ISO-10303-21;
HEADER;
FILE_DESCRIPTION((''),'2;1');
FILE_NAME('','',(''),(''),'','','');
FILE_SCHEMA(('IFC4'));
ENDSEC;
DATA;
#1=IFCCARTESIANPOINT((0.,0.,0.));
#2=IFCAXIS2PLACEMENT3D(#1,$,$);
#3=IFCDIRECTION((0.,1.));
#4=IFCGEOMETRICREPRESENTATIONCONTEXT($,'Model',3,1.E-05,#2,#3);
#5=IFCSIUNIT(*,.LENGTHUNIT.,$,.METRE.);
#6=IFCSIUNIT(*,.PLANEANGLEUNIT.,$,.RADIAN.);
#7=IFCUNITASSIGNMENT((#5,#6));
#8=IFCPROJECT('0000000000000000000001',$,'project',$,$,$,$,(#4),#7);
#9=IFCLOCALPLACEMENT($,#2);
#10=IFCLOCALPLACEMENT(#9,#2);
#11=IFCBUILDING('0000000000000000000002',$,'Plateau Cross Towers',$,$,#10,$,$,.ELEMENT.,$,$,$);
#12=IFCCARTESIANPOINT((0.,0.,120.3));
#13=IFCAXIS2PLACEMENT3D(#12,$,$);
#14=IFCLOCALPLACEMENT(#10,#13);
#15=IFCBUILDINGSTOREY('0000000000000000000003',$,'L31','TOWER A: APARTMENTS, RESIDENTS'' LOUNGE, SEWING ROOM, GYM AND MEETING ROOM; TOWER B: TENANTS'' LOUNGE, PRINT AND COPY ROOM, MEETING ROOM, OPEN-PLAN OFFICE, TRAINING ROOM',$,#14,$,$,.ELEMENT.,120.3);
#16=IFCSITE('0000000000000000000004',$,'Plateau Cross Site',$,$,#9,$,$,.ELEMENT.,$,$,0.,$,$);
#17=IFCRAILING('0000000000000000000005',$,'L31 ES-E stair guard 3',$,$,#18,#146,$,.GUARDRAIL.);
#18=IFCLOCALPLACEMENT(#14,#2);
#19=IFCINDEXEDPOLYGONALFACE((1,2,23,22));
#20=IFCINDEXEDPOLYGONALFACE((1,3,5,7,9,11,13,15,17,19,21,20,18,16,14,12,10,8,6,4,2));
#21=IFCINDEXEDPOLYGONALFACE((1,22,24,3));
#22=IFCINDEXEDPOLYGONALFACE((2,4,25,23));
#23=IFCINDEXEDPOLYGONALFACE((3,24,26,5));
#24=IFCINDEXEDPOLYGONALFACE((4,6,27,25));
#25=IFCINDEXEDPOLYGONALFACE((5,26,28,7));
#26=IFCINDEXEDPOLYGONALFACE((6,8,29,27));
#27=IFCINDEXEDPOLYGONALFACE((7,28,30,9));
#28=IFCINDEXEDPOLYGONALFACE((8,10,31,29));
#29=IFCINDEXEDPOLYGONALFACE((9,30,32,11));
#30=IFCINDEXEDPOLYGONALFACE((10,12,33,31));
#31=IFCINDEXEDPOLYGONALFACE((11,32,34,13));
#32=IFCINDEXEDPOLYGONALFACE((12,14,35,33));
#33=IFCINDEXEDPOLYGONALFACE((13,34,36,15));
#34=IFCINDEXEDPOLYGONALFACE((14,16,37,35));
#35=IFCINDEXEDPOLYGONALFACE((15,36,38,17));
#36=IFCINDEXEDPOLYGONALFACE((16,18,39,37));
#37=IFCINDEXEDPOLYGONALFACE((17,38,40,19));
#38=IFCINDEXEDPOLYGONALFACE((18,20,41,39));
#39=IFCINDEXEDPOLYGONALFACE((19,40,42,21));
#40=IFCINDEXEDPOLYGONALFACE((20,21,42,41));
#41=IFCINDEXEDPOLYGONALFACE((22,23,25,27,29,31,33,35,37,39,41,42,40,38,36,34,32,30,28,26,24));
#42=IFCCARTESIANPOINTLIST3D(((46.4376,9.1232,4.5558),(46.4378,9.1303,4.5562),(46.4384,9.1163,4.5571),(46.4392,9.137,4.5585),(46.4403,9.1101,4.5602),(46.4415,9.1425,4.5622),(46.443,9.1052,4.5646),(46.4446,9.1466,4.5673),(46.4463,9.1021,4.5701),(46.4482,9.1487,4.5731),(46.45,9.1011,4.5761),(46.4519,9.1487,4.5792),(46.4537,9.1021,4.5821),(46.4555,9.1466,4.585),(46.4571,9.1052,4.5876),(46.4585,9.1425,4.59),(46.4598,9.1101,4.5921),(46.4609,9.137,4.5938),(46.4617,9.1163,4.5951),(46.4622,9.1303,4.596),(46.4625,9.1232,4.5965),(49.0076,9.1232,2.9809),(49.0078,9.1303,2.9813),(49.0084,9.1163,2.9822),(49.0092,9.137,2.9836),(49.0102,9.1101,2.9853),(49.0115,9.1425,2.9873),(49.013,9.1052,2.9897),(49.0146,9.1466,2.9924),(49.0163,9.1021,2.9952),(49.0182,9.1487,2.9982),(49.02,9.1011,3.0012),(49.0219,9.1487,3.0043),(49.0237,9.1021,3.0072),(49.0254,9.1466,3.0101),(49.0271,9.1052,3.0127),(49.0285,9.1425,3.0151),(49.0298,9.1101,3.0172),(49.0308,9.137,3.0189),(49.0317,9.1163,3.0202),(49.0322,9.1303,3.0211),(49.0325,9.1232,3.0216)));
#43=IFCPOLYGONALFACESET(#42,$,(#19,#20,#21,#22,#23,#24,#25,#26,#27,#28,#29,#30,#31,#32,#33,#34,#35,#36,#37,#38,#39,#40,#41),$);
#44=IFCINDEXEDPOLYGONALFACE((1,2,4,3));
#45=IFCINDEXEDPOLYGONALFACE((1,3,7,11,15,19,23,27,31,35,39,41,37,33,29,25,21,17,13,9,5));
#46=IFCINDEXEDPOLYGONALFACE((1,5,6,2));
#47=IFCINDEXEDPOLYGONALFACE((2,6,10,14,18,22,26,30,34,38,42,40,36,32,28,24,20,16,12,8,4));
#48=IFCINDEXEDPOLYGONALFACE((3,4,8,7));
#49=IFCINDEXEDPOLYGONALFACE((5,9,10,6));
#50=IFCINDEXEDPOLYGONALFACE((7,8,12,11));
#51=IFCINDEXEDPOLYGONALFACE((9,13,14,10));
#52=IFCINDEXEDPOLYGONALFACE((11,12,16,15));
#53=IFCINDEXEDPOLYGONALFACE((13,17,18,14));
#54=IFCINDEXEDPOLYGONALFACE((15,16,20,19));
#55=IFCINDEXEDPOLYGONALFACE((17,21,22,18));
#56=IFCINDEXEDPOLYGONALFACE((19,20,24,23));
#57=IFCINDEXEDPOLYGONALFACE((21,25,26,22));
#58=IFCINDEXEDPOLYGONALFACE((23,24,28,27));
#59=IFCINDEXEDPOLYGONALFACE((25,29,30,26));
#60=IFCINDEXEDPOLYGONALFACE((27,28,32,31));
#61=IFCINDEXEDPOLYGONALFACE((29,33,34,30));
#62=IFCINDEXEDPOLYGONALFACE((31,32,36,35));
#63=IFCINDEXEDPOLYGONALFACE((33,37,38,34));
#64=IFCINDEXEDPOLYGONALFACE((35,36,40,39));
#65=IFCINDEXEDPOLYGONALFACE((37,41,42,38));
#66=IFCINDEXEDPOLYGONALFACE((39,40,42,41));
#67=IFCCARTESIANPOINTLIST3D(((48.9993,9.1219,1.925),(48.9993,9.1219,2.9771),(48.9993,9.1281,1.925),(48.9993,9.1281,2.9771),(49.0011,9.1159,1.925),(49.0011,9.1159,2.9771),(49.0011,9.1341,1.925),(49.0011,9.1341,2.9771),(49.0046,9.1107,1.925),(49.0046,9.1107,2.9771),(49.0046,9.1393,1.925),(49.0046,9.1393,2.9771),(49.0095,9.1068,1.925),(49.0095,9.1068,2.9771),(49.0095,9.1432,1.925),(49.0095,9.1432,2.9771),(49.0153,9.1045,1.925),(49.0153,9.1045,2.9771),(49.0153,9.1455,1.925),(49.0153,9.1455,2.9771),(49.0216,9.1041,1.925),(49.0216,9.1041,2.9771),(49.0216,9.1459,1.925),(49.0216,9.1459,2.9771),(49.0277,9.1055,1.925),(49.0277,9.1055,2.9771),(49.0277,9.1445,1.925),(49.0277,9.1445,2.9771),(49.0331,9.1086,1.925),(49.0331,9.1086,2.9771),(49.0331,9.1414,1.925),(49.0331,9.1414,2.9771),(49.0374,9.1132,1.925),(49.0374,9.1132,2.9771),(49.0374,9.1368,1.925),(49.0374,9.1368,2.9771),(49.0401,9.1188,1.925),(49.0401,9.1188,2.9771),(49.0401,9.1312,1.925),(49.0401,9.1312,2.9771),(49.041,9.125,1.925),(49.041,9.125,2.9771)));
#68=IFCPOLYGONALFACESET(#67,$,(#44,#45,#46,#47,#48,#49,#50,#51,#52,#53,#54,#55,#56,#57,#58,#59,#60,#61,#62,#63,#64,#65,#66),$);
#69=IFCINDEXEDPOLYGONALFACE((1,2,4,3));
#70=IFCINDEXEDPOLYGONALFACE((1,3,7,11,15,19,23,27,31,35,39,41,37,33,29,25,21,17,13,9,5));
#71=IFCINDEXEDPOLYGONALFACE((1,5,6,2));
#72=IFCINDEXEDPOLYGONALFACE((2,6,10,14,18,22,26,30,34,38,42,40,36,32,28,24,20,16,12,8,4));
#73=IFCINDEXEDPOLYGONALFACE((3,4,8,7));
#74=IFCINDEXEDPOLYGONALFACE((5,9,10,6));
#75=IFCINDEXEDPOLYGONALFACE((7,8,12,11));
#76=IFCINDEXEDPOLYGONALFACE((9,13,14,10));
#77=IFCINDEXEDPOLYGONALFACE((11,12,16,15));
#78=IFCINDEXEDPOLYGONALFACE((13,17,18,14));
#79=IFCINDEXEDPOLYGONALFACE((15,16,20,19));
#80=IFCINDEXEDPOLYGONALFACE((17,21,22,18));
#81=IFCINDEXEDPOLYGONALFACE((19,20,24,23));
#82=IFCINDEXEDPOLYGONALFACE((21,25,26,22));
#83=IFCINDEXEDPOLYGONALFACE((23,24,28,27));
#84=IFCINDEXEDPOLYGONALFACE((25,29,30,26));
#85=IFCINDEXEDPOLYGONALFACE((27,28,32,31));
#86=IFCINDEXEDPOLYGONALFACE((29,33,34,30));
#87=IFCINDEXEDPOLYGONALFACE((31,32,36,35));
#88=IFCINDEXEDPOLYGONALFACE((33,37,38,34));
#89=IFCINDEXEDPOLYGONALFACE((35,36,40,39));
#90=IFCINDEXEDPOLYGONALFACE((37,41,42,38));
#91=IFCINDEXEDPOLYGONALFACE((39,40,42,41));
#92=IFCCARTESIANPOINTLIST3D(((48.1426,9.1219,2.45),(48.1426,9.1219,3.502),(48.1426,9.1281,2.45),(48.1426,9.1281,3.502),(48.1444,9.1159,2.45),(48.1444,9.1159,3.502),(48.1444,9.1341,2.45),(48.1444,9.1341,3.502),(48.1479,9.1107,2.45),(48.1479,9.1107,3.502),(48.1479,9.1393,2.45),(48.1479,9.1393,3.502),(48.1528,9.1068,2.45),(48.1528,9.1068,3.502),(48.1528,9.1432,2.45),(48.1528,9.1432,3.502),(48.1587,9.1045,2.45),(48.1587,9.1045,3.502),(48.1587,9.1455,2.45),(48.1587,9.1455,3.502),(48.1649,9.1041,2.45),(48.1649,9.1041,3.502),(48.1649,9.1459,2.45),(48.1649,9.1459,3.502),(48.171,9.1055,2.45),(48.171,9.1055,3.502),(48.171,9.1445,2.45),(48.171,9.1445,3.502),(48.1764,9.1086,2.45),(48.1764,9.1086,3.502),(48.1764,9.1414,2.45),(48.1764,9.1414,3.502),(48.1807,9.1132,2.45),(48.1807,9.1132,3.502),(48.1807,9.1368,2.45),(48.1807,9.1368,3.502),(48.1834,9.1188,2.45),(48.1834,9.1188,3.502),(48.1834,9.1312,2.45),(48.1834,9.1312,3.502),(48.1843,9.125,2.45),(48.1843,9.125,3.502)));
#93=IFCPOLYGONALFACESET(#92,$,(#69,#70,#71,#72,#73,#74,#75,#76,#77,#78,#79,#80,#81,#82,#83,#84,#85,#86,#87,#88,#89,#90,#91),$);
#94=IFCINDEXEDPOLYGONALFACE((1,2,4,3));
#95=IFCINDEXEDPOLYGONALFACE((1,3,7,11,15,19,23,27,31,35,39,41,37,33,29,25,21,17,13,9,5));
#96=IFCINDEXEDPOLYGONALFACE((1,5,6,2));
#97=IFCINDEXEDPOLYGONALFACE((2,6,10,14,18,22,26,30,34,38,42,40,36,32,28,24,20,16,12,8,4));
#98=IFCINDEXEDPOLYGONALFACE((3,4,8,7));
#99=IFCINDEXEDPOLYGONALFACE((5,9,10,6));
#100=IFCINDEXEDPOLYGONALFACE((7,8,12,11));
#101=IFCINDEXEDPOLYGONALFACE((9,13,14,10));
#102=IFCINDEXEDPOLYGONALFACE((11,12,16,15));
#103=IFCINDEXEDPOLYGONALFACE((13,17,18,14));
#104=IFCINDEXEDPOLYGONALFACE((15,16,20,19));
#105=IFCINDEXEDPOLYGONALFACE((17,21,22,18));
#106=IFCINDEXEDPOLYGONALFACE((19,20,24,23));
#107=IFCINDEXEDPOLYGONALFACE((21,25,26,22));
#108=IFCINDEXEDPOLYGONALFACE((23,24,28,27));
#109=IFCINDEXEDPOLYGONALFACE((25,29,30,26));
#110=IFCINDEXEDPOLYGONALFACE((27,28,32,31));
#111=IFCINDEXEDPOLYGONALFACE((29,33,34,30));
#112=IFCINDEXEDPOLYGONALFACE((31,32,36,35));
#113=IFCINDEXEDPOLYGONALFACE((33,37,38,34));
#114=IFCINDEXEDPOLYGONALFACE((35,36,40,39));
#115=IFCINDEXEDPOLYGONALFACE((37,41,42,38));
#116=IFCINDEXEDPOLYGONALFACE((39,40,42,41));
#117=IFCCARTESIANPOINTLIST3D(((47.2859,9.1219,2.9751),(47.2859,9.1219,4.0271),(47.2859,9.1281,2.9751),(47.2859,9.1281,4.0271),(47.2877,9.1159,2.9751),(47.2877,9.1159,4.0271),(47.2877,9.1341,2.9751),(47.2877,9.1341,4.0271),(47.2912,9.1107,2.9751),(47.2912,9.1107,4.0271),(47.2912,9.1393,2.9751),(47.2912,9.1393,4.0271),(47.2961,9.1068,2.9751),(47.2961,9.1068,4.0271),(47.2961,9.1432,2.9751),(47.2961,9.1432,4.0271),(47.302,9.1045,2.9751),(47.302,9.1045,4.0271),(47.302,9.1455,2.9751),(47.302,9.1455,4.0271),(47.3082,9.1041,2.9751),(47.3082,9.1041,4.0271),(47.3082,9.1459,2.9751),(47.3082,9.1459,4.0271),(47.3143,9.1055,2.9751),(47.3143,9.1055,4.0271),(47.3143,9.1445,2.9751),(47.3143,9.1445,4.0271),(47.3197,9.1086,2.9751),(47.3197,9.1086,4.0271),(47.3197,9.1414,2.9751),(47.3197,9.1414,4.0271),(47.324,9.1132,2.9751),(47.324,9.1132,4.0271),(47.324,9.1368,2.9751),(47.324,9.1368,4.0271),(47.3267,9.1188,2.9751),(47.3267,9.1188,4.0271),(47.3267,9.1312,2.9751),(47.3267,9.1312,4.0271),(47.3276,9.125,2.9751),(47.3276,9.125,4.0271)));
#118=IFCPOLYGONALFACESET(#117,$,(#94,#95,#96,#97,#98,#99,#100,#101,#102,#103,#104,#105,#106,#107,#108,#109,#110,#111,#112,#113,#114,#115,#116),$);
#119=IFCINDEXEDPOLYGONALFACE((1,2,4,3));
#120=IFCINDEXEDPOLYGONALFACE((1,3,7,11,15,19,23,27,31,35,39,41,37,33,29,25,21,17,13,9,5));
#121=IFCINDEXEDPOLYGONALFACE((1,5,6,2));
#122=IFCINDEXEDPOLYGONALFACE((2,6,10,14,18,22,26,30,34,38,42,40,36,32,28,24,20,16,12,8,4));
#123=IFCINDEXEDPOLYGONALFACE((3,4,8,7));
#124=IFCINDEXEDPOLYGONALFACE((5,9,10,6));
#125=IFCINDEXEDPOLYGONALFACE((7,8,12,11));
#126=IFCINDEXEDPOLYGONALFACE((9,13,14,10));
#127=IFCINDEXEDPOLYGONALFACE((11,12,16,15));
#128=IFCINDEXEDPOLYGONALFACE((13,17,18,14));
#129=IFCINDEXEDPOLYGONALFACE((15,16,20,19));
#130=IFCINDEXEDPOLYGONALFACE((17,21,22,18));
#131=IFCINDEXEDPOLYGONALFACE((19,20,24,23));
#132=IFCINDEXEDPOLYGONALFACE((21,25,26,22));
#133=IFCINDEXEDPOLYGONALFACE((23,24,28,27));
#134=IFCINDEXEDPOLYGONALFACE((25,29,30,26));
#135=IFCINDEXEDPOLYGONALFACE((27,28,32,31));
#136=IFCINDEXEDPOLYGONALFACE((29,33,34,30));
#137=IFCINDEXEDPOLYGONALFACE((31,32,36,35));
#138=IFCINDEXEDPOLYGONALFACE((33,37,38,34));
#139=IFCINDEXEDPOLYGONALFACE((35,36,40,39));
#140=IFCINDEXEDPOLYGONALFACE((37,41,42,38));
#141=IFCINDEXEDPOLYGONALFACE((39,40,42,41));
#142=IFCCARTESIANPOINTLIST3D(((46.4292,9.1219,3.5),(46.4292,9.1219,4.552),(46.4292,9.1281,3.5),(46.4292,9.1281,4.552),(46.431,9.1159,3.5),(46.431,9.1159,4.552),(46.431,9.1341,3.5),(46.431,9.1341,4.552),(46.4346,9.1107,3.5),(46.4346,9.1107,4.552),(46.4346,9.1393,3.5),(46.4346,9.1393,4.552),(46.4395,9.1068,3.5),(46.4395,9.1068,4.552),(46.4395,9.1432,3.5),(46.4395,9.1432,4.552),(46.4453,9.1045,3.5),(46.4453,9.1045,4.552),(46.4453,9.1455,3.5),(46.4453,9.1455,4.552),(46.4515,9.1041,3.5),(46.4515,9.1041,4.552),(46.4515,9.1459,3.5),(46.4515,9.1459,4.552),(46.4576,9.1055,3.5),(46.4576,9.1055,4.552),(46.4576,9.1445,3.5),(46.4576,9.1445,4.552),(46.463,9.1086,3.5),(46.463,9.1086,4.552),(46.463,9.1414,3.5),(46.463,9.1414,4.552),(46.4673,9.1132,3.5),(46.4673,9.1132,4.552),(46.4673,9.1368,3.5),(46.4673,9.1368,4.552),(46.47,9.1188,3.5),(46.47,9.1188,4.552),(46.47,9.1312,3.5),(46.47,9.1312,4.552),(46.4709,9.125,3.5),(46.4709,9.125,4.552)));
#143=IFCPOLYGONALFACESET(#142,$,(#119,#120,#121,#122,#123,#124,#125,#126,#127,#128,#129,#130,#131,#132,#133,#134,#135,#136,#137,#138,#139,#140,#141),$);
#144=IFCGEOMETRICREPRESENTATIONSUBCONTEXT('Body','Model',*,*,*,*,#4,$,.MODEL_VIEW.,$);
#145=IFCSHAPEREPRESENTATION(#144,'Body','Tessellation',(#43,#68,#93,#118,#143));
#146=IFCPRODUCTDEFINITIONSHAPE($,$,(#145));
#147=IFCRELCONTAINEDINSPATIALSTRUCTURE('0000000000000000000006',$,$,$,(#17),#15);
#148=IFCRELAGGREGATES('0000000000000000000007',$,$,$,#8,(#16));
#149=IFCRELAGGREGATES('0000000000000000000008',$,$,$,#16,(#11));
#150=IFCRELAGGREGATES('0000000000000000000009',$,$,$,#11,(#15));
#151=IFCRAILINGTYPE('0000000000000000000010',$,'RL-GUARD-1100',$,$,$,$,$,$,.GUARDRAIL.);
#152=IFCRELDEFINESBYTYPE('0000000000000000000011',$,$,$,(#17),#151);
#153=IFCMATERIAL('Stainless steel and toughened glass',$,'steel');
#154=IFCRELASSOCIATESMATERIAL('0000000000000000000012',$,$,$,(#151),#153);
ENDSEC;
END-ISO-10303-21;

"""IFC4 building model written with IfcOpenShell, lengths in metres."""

from ifc_helpers import new_model, si_unit, direction, frame, origin, origin_2d, place, context, subcontext, project, spatial, circle, extrude, material, type_object, element, save


model = new_model("IFC4")

# Units and contexts
model_context = context("Model", 3, precision=1e-05, world=origin(), true_north=direction((0.0, 1.0)))
body_context = subcontext(model_context, "Body", "Model", "MODEL_VIEW")
ifc_project = project(units=[si_unit("LENGTHUNIT", "METRE"), si_unit("PLANEANGLEUNIT", "RADIAN")], contexts=[model_context])

# Site, building, storey
site_placement = place(None, origin())
site = spatial("IfcSite", under=ifc_project, at=site_placement, Name="Plateau Cross Site", CompositionType="ELEMENT", RefElevation=0.0)
building_placement = place(site_placement, origin())
building = spatial("IfcBuilding", under=site, at=building_placement, Name="Plateau Cross Towers", CompositionType="ELEMENT")
storey_placement = place(building_placement, frame((0.0, 0.0, 120.3)))
storey = spatial("IfcBuildingStorey", under=building, at=storey_placement, Name="L31", Description="TOWER A: APARTMENTS, RESIDENTS' LOUNGE, SEWING ROOM, GYM AND MEETING ROOM; TOWER B: TENANTS' LOUNGE, PRINT AND COPY ROOM, MEETING ROOM, OPEN-PLAN OFFICE, TRAINING ROOM", CompositionType="ELEMENT", Elevation=120.3)

# Railing
ifc_material_1 = material(Name="Stainless steel and toughened glass", Category="steel")
railing_type_1 = type_object("IfcRailingType", Name="RL-GUARD-1100", PredefinedType="GUARDRAIL", material=ifc_material_1)
railing_1_placement = place(storey_placement, frame((49.02, 9.125, 1.925)))
element("IfcRailing", 1, at=railing_1_placement, inside=storey, type_object=railing_type_1, Name="L31 ES-E stair guard 3", PredefinedType="GUARDRAIL", context=body_context, shape_type="SweptSolid", body=[
    extrude(circle(Radius=0.0239, at=origin_2d()), frame((0.0, 0.0, 1.0762), z_axis=(-0.852639, 0.0, 0.522501), x_axis=(0.0, -1.0, 0.0)), (0.0, 0.0, 1.0), 3.0142),
    extrude(circle(Radius=0.021, at=origin_2d()), origin(), (0.0, 0.0, 1.0), 1.052),
    extrude(circle(Radius=0.021, at=origin_2d()), frame((-0.8567, 0.0, 0.5249)), (0.0, 0.0, 1.0), 1.052),
    extrude(circle(Radius=0.021, at=origin_2d()), frame((-1.7134, 0.0, 1.05)), (0.0, 0.0, 1.0), 1.052),
    extrude(circle(Radius=0.021, at=origin_2d()), frame((-2.5701, 0.0, 1.575)), (0.0, 0.0, 1.0), 1.052),
])

save(model, "model.ifc")
